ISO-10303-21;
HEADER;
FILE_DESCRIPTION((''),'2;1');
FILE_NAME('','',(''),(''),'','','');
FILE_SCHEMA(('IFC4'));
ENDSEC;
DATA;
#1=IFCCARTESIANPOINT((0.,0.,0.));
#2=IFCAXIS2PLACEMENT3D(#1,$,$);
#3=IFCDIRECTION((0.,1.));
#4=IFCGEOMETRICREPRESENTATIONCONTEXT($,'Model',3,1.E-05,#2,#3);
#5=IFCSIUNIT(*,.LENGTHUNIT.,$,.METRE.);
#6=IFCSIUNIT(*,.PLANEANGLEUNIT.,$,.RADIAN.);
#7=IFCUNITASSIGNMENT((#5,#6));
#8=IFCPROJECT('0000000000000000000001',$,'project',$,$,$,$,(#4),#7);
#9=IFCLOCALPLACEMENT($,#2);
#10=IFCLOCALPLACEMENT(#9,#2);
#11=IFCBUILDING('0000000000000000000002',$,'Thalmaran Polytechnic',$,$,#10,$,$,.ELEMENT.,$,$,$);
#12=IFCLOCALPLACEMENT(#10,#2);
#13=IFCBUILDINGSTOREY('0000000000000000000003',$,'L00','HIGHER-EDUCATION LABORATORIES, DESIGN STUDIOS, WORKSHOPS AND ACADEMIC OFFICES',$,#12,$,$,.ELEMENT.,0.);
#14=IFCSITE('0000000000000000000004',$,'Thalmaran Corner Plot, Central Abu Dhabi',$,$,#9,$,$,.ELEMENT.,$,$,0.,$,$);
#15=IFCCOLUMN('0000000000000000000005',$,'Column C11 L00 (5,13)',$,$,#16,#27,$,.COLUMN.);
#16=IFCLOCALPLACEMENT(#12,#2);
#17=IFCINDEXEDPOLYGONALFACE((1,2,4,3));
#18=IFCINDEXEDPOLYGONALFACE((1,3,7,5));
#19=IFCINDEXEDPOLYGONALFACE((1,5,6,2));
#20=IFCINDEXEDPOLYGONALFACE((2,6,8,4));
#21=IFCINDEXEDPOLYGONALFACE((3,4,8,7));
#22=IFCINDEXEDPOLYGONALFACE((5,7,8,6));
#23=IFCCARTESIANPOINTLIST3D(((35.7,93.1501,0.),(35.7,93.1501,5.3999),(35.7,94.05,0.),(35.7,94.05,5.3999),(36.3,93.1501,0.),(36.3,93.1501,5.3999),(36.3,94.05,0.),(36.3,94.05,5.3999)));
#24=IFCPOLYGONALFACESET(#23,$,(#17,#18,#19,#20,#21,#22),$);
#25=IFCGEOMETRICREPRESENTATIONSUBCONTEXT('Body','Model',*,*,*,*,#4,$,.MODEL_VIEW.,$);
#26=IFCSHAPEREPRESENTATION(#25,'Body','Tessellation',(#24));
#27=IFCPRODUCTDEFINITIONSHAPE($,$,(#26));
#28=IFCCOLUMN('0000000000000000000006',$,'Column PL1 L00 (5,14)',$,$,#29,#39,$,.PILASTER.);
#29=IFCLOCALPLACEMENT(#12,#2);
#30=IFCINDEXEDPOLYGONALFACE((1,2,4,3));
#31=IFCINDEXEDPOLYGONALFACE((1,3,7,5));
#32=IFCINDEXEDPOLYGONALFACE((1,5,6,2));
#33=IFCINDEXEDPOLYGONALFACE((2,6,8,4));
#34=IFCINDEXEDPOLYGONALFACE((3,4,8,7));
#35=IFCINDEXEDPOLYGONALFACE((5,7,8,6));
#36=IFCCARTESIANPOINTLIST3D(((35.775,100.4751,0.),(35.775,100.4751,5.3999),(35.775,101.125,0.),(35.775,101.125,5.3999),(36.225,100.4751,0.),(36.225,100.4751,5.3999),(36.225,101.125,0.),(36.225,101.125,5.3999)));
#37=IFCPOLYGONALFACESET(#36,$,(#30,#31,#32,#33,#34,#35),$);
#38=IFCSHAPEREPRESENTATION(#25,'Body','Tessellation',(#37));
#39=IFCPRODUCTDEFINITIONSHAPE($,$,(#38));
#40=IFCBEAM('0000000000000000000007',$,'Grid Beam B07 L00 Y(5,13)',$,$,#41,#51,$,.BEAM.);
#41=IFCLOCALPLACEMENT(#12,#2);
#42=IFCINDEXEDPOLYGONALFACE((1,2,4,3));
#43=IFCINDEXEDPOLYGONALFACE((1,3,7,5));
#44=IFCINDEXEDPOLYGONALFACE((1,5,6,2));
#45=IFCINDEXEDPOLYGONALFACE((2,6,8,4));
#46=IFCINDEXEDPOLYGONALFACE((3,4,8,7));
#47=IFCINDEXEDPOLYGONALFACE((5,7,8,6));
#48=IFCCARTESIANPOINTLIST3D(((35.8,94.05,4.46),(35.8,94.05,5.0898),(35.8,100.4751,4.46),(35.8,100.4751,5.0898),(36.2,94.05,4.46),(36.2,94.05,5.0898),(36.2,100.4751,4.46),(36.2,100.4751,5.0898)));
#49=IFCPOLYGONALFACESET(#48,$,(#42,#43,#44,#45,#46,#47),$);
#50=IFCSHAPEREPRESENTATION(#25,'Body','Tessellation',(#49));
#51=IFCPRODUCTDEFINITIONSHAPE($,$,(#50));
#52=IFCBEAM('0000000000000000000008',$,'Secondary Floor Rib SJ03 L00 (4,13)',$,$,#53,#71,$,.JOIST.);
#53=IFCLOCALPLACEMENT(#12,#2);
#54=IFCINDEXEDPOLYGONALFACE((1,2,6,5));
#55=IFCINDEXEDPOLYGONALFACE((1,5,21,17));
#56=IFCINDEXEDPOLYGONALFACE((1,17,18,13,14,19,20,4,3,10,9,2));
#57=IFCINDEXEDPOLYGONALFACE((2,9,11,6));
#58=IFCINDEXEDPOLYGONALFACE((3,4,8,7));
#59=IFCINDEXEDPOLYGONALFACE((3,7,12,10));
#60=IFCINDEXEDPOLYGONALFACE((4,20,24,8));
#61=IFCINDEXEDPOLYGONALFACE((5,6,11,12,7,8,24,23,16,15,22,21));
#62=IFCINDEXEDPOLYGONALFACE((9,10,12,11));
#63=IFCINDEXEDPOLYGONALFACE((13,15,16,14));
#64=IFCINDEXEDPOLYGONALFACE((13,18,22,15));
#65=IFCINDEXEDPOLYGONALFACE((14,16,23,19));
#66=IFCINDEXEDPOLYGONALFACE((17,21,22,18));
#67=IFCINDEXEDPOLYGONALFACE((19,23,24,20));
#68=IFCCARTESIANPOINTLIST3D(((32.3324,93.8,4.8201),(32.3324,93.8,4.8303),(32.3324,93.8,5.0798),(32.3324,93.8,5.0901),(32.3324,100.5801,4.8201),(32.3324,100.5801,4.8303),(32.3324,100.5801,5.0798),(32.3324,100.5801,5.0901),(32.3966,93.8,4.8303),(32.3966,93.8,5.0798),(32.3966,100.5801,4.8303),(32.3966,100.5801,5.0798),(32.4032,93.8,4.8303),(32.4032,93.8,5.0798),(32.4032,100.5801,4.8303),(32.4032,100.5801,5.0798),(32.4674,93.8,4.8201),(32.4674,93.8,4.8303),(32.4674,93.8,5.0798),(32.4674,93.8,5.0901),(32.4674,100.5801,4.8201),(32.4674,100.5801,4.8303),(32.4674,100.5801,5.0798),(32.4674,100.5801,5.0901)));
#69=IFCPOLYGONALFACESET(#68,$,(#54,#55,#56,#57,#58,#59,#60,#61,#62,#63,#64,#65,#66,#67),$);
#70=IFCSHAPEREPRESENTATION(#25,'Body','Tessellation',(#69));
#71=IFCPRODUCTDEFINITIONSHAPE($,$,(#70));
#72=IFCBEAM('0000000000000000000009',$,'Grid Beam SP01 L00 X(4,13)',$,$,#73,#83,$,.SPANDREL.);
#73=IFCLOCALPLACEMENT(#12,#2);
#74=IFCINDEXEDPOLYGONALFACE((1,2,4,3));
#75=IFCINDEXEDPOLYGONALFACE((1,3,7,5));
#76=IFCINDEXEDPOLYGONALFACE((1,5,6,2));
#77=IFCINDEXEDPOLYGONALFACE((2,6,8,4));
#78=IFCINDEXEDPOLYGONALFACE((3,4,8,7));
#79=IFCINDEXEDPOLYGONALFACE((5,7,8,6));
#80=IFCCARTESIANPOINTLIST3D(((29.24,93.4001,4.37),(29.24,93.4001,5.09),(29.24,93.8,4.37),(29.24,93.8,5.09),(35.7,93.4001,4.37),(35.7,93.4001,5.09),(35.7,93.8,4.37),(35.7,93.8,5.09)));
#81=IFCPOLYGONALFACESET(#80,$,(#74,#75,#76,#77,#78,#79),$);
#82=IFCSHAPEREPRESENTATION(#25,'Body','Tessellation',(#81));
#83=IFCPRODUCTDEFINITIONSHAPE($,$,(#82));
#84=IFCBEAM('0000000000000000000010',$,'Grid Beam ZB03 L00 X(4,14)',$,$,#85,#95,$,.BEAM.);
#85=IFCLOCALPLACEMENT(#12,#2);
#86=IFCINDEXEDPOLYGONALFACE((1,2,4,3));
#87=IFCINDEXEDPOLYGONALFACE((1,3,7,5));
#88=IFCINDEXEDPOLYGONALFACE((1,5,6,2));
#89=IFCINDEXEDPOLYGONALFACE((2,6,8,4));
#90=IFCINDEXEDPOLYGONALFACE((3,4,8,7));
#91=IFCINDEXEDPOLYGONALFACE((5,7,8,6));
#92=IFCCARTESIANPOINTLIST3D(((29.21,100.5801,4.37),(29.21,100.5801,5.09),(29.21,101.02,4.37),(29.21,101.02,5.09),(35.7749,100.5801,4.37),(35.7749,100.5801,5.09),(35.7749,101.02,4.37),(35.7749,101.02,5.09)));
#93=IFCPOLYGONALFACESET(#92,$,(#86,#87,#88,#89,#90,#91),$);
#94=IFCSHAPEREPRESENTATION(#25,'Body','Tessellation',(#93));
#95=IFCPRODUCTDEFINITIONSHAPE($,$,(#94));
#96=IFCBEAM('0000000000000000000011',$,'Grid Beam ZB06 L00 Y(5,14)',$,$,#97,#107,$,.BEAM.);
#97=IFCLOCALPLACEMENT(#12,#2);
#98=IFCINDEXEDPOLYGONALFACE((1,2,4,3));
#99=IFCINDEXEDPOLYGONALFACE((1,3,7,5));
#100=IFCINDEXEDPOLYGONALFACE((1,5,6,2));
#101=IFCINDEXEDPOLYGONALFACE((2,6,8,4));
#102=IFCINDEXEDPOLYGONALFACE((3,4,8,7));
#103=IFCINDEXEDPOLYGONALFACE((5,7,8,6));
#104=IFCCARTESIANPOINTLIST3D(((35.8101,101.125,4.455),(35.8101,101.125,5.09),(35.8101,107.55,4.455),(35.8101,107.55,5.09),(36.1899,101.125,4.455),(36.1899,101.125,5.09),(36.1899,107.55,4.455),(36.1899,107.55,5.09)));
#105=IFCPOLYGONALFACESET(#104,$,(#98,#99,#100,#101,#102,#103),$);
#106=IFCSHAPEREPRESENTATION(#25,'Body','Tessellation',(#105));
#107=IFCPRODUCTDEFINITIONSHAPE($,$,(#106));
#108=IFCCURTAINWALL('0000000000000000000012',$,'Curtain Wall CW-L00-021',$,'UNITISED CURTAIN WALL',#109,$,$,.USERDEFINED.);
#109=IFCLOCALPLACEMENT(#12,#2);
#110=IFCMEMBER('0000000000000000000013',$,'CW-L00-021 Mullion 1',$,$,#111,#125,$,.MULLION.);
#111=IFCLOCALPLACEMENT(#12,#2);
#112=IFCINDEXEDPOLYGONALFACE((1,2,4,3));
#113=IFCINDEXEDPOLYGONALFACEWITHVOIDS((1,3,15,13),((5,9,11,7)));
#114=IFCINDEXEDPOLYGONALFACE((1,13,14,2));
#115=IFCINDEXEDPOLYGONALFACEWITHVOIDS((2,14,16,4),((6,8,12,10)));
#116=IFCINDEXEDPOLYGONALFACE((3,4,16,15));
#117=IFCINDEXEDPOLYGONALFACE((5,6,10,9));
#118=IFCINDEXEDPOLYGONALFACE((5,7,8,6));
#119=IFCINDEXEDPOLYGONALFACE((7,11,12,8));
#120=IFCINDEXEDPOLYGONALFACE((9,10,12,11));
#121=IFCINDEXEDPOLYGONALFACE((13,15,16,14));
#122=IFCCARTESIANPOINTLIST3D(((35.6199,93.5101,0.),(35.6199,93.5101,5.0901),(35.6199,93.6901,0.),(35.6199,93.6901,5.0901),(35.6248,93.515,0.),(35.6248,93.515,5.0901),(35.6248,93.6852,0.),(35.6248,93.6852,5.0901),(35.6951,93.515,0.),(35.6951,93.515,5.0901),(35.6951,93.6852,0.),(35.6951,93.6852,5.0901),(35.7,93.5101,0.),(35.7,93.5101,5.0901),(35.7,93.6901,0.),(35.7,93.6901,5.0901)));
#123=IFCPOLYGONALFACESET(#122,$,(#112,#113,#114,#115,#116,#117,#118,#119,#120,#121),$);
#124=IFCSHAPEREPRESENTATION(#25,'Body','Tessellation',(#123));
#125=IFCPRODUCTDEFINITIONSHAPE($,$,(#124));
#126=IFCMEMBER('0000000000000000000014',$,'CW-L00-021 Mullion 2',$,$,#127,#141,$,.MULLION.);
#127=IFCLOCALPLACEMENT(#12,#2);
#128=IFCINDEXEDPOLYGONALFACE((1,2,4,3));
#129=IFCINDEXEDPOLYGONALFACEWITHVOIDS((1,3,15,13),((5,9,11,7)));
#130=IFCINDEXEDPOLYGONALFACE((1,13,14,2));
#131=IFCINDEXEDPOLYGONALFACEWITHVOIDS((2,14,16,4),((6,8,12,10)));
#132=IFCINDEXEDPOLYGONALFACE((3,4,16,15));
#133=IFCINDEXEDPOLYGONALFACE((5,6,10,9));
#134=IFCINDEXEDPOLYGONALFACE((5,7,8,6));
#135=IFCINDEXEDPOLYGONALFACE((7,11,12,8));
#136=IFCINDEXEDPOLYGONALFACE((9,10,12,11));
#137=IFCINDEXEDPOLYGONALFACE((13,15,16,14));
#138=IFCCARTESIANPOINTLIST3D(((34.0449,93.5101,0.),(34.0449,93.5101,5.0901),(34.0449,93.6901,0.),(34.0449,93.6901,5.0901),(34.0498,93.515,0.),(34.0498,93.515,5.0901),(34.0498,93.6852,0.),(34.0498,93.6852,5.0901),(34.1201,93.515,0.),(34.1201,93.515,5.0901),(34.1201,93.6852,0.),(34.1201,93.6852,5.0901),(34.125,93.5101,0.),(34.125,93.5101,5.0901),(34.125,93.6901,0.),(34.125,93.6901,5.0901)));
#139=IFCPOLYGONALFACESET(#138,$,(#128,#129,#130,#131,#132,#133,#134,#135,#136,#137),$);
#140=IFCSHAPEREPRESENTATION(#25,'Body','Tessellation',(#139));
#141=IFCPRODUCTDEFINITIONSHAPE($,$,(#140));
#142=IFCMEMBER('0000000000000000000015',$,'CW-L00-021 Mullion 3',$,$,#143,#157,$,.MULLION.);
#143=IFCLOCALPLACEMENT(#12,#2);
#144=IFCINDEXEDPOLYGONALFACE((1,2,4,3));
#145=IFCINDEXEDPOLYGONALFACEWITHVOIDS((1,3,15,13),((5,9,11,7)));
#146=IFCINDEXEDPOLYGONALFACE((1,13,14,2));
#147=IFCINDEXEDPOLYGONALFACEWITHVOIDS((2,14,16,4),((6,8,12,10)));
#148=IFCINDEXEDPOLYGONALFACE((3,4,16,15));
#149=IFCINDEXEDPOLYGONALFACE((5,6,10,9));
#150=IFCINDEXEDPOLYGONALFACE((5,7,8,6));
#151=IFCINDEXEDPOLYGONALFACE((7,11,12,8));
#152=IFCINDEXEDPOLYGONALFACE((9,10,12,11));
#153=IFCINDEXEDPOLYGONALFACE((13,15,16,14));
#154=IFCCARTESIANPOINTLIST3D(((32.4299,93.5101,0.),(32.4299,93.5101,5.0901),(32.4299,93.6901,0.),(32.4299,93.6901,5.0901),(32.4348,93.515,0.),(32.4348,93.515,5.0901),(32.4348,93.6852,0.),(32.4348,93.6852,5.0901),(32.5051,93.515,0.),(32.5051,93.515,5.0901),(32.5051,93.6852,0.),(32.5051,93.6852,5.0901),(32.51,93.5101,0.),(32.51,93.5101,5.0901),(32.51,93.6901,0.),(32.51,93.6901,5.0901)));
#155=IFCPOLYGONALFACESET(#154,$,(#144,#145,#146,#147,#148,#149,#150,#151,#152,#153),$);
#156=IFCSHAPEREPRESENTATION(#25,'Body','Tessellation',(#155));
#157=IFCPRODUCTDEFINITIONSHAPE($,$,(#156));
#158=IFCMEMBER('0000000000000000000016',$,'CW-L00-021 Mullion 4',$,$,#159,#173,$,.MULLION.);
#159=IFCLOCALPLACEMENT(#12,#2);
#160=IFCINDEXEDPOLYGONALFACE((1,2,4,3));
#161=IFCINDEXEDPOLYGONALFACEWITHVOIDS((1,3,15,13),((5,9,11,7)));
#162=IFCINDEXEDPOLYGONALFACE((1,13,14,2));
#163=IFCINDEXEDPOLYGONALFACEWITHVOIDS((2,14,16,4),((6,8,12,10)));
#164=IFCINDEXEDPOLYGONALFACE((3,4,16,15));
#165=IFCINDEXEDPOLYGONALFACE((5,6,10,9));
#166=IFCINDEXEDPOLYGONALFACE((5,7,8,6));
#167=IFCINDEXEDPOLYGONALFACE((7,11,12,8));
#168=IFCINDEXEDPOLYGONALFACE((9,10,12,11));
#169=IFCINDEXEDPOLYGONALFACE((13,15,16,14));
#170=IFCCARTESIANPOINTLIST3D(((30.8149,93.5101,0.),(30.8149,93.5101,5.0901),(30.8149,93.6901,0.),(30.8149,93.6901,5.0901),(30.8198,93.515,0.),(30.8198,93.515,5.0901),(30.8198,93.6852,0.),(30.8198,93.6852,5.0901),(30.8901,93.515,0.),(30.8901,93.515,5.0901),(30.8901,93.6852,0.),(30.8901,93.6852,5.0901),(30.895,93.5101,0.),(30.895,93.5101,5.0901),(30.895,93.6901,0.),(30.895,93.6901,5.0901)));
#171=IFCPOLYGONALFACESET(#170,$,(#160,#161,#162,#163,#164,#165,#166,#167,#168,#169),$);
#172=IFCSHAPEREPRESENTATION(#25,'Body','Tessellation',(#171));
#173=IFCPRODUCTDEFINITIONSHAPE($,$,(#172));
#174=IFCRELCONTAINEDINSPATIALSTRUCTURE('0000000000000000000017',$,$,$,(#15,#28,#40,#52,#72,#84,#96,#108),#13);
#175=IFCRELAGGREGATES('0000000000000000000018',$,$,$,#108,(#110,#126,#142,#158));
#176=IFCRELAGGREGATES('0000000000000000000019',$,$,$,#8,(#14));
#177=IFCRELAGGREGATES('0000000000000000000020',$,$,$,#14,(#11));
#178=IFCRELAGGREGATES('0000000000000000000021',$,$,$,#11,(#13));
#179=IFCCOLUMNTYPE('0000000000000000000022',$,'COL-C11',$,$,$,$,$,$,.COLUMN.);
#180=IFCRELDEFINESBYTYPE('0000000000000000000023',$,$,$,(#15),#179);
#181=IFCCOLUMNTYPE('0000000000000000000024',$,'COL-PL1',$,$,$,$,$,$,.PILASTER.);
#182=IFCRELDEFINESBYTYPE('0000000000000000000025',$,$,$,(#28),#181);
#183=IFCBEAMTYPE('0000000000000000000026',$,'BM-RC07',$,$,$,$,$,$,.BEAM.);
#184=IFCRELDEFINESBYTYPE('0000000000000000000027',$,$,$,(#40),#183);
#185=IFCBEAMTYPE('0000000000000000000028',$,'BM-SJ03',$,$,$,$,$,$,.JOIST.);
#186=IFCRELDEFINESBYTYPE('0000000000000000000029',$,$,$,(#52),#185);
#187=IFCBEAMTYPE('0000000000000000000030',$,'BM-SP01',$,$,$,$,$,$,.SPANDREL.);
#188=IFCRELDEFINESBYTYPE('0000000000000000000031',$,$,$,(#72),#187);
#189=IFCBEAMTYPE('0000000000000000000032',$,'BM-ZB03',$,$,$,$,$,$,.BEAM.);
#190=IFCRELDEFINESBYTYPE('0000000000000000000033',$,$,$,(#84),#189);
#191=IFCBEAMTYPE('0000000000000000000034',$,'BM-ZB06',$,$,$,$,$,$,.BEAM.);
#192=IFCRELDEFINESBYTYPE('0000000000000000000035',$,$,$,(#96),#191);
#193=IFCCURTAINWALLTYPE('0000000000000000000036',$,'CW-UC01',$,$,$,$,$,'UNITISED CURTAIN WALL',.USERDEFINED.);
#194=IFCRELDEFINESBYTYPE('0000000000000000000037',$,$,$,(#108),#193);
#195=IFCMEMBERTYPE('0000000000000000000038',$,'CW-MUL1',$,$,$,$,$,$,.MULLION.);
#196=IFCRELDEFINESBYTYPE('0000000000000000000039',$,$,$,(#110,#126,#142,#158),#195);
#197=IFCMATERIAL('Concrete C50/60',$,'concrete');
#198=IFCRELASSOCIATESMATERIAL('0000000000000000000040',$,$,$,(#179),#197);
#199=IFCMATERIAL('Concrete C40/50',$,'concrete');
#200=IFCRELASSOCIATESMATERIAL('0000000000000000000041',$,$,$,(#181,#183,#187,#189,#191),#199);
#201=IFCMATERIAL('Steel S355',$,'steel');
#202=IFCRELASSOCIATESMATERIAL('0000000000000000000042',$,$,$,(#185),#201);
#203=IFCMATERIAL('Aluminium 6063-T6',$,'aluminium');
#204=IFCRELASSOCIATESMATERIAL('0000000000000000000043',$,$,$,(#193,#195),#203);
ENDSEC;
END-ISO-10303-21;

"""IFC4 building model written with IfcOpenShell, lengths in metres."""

from ifc_helpers import new_model, si_unit, direction, frame, origin, origin_2d, place, context, subcontext, project, spatial, rectangle, hollow_rectangle, i_section, extrude, material, material_profile, profile_set, type_object, element, aggregate, save


model = new_model("IFC4")

# Units and contexts
model_context = context("Model", 3, precision=1e-05, world=origin(), true_north=direction((0.0, 1.0)))
body_context = subcontext(model_context, "Body", "Model", "MODEL_VIEW")
ifc_project = project(units=[si_unit("LENGTHUNIT", "METRE"), si_unit("PLANEANGLEUNIT", "RADIAN")], contexts=[model_context])

# Site, building, storey
site_placement = place(None, origin())
site = spatial("IfcSite", under=ifc_project, at=site_placement, Name="Thalmaran Corner Plot, Central Abu Dhabi", CompositionType="ELEMENT", RefElevation=0.0)
building_placement = place(site_placement, origin())
building = spatial("IfcBuilding", under=site, at=building_placement, Name="Thalmaran Polytechnic", CompositionType="ELEMENT")
storey_placement = place(building_placement, origin())
storey = spatial("IfcBuildingStorey", under=building, at=storey_placement, Name="L00", Description="HIGHER-EDUCATION LABORATORIES, DESIGN STUDIOS, WORKSHOPS AND ACADEMIC OFFICES", CompositionType="ELEMENT", Elevation=0.0)

# Columns
ifc_material_1 = material(Name="Concrete C50/60", Category="concrete")
ifc_material_profile_1 = material_profile(ifc_material_1, rectangle(XDim=0.6001, YDim=0.8999, at=origin_2d()), Name="RC 600x900")
ifc_profile_set_1 = profile_set([ifc_material_profile_1], Name="Concrete C50/60")
column_type_1 = type_object("IfcColumnType", Name="COL-C11", PredefinedType="COLUMN", material=ifc_profile_set_1)
column_1_placement = place(storey_placement, frame((36.0, 93.6001, 0.0), z_axis=(0.0, 0.0, 1.0), x_axis=(1.0, 0.0, 0.0)))
element("IfcColumn", 1, at=column_1_placement, inside=storey, type_object=column_type_1, Name="Column C11 L00 (5,13)", PredefinedType="COLUMN", context=body_context, shape_type="SweptSolid", body=[
    extrude(rectangle(XDim=0.6001, YDim=0.8999, at=origin_2d()), origin(), (0.0, 0.0, 1.0), 5.3999),
])
ifc_material_2 = material(Name="Concrete C40/50", Category="concrete")
ifc_material_profile_2 = material_profile(ifc_material_2, rectangle(XDim=0.45, YDim=0.6499, at=origin_2d()), Name="RC 450x650")
ifc_profile_set_2 = profile_set([ifc_material_profile_2], Name="Concrete C40/50")
column_type_2 = type_object("IfcColumnType", Name="COL-PL1", PredefinedType="PILASTER", material=ifc_profile_set_2)
column_2_placement = place(storey_placement, frame((36.0, 100.8, 0.0), z_axis=(0.0, 0.0, 1.0), x_axis=(1.0, 0.0, 0.0)))
element("IfcColumn", 2, at=column_2_placement, inside=storey, type_object=column_type_2, Name="Column PL1 L00 (5,14)", PredefinedType="PILASTER", context=body_context, shape_type="SweptSolid", body=[
    extrude(rectangle(XDim=0.45, YDim=0.6499, at=origin_2d()), origin(), (0.0, 0.0, 1.0), 5.3999),
])

# Beams
ifc_material_profile_3 = material_profile(ifc_material_2, rectangle(XDim=0.3999, YDim=0.6299, at=origin_2d()), Name="RC 400x630")
ifc_profile_set_3 = profile_set([ifc_material_profile_3], Name="Concrete C40/50")
beam_type_1 = type_object("IfcBeamType", Name="BM-RC07", PredefinedType="BEAM", material=ifc_profile_set_3)
beam_1_placement = place(storey_placement, frame((36.0, 94.05, 4.7749), z_axis=(0.0, 1.0, 0.0), x_axis=(-1.0, 0.0, 0.0)))
element("IfcBeam", 3, at=beam_1_placement, inside=storey, type_object=beam_type_1, Name="Grid Beam B07 L00 Y(5,13)", PredefinedType="BEAM", context=body_context, shape_type="SweptSolid", body=[
    extrude(rectangle(XDim=0.3999, YDim=0.6299, at=origin_2d()), origin(), (0.0, 0.0, 1.0), 6.425),
])
ifc_material_3 = material(Name="Steel S355", Category="steel")
ifc_material_profile_4 = material_profile(ifc_material_3, i_section(OverallWidth=0.135, OverallDepth=0.27, WebThickness=0.0066, FlangeThickness=0.0103, at=origin_2d()), Name="IPE 270")
ifc_profile_set_4 = profile_set([ifc_material_profile_4], Name="Steel S355")
beam_type_2 = type_object("IfcBeamType", Name="BM-SJ03", PredefinedType="JOIST", material=ifc_profile_set_4)
beam_2_placement = place(storey_placement, frame((32.3999, 93.8, 4.9551), z_axis=(0.0, 1.0, 0.0), x_axis=(-1.0, 0.0, 0.0)))
element("IfcBeam", 4, at=beam_2_placement, inside=storey, type_object=beam_type_2, Name="Secondary Floor Rib SJ03 L00 (4,13)", PredefinedType="JOIST", context=body_context, shape_type="SweptSolid", body=[
    extrude(i_section(OverallWidth=0.135, OverallDepth=0.27, WebThickness=0.0066, FlangeThickness=0.0103, at=origin_2d()), origin(), (0.0, 0.0, 1.0), 6.78),
])
ifc_material_profile_5 = material_profile(ifc_material_2, rectangle(XDim=0.3999, YDim=0.72, at=origin_2d()), Name="RC 400x720")
ifc_profile_set_5 = profile_set([ifc_material_profile_5], Name="Concrete C40/50")
beam_type_3 = type_object("IfcBeamType", Name="BM-SP01", PredefinedType="SPANDREL", material=ifc_profile_set_5)
beam_3_placement = place(storey_placement, frame((29.24, 93.6001, 4.73), z_axis=(1.0, 0.0, 0.0), x_axis=(0.0, 1.0, 0.0)))
element("IfcBeam", 5, at=beam_3_placement, inside=storey, type_object=beam_type_3, Name="Grid Beam SP01 L00 X(4,13)", PredefinedType="SPANDREL", context=body_context, shape_type="SweptSolid", body=[
    extrude(rectangle(XDim=0.3999, YDim=0.72, at=origin_2d()), origin(), (0.0, 0.0, 1.0), 6.46),
])
ifc_material_profile_6 = material_profile(ifc_material_2, rectangle(XDim=0.4399, YDim=0.72, at=origin_2d()), Name="RC 440x720")
ifc_profile_set_6 = profile_set([ifc_material_profile_6], Name="Concrete C40/50")
beam_type_4 = type_object("IfcBeamType", Name="BM-ZB03", PredefinedType="BEAM", material=ifc_profile_set_6)
beam_4_placement = place(storey_placement, frame((29.21, 100.8, 4.73), z_axis=(1.0, 0.0, 0.0), x_axis=(0.0, 1.0, 0.0)))
element("IfcBeam", 6, at=beam_4_placement, inside=storey, type_object=beam_type_4, Name="Grid Beam ZB03 L00 X(4,14)", PredefinedType="BEAM", context=body_context, shape_type="SweptSolid", body=[
    extrude(rectangle(XDim=0.4399, YDim=0.72, at=origin_2d()), origin(), (0.0, 0.0, 1.0), 6.5649),
])
ifc_material_profile_7 = material_profile(ifc_material_2, rectangle(XDim=0.3799, YDim=0.635, at=origin_2d()), Name="RC 380x635")
ifc_profile_set_7 = profile_set([ifc_material_profile_7], Name="Concrete C40/50")
beam_type_5 = type_object("IfcBeamType", Name="BM-ZB06", PredefinedType="BEAM", material=ifc_profile_set_7)
beam_5_placement = place(storey_placement, frame((36.0, 101.125, 4.7725), z_axis=(0.0, 1.0, 0.0), x_axis=(-1.0, 0.0, 0.0)))
element("IfcBeam", 7, at=beam_5_placement, inside=storey, type_object=beam_type_5, Name="Grid Beam ZB06 L00 Y(5,14)", PredefinedType="BEAM", context=body_context, shape_type="SweptSolid", body=[
    extrude(rectangle(XDim=0.3799, YDim=0.635, at=origin_2d()), origin(), (0.0, 0.0, 1.0), 6.425),
])

# Curtain wall, members
ifc_material_4 = material(Name="Aluminium 6063-T6", Category="aluminium")
curtain_wall_type = type_object("IfcCurtainWallType", Name="CW-UC01", ElementType="UNITISED CURTAIN WALL", PredefinedType="USERDEFINED", material=ifc_material_4)
curtain_wall_placement = place(storey_placement, origin())
curtain_wall = element("IfcCurtainWall", 8, at=curtain_wall_placement, inside=storey, type_object=curtain_wall_type, Name="Curtain Wall CW-L00-021", ObjectType="UNITISED CURTAIN WALL", PredefinedType="USERDEFINED")
ifc_material_profile_8 = material_profile(ifc_material_4, hollow_rectangle(XDim=0.0801, YDim=0.1799, WallThickness=0.0049, at=origin_2d()), Name="RHS 180x80x5.0")
ifc_profile_set_8 = profile_set([ifc_material_profile_8], Name="Aluminium 6063-T6")
member_type_1 = type_object("IfcMemberType", Name="CW-MUL1", PredefinedType="MULLION", material=ifc_profile_set_8)
member_1_placement = place(storey_placement, frame((35.6599, 93.6001, 0.0), z_axis=(0.0, 0.0, 1.0), x_axis=(1.0, 0.0, 0.0)))
member_1 = element("IfcMember", 9, at=member_1_placement, type_object=member_type_1, Name="CW-L00-021 Mullion 1", PredefinedType="MULLION", context=body_context, shape_type="SweptSolid", body=[
    extrude(hollow_rectangle(XDim=0.0801, YDim=0.1799, WallThickness=0.0049, at=origin_2d()), origin(), (0.0, 0.0, 1.0), 5.0901),
])
member_2_placement = place(storey_placement, frame((34.085, 93.6001, 0.0), z_axis=(0.0, 0.0, 1.0), x_axis=(1.0, 0.0, 0.0)))
member_2 = element("IfcMember", 10, at=member_2_placement, type_object=member_type_1, Name="CW-L00-021 Mullion 2", PredefinedType="MULLION", context=body_context, shape_type="SweptSolid", body=[
    extrude(hollow_rectangle(XDim=0.0801, YDim=0.1799, WallThickness=0.0049, at=origin_2d()), origin(), (0.0, 0.0, 1.0), 5.0901),
])
member_3_placement = place(storey_placement, frame((32.47, 93.6001, 0.0), z_axis=(0.0, 0.0, 1.0), x_axis=(1.0, 0.0, 0.0)))
member_3 = element("IfcMember", 11, at=member_3_placement, type_object=member_type_1, Name="CW-L00-021 Mullion 3", PredefinedType="MULLION", context=body_context, shape_type="SweptSolid", body=[
    extrude(hollow_rectangle(XDim=0.0801, YDim=0.1799, WallThickness=0.0049, at=origin_2d()), origin(), (0.0, 0.0, 1.0), 5.0901),
])
member_4_placement = place(storey_placement, frame((30.855, 93.6001, 0.0), z_axis=(0.0, 0.0, 1.0), x_axis=(1.0, 0.0, 0.0)))
member_4 = element("IfcMember", 12, at=member_4_placement, type_object=member_type_1, Name="CW-L00-021 Mullion 4", PredefinedType="MULLION", context=body_context, shape_type="SweptSolid", body=[
    extrude(hollow_rectangle(XDim=0.0801, YDim=0.1799, WallThickness=0.0049, at=origin_2d()), origin(), (0.0, 0.0, 1.0), 5.0901),
])
aggregate(curtain_wall, [member_1, member_2, member_3, member_4])

save(model, "model.ifc")
